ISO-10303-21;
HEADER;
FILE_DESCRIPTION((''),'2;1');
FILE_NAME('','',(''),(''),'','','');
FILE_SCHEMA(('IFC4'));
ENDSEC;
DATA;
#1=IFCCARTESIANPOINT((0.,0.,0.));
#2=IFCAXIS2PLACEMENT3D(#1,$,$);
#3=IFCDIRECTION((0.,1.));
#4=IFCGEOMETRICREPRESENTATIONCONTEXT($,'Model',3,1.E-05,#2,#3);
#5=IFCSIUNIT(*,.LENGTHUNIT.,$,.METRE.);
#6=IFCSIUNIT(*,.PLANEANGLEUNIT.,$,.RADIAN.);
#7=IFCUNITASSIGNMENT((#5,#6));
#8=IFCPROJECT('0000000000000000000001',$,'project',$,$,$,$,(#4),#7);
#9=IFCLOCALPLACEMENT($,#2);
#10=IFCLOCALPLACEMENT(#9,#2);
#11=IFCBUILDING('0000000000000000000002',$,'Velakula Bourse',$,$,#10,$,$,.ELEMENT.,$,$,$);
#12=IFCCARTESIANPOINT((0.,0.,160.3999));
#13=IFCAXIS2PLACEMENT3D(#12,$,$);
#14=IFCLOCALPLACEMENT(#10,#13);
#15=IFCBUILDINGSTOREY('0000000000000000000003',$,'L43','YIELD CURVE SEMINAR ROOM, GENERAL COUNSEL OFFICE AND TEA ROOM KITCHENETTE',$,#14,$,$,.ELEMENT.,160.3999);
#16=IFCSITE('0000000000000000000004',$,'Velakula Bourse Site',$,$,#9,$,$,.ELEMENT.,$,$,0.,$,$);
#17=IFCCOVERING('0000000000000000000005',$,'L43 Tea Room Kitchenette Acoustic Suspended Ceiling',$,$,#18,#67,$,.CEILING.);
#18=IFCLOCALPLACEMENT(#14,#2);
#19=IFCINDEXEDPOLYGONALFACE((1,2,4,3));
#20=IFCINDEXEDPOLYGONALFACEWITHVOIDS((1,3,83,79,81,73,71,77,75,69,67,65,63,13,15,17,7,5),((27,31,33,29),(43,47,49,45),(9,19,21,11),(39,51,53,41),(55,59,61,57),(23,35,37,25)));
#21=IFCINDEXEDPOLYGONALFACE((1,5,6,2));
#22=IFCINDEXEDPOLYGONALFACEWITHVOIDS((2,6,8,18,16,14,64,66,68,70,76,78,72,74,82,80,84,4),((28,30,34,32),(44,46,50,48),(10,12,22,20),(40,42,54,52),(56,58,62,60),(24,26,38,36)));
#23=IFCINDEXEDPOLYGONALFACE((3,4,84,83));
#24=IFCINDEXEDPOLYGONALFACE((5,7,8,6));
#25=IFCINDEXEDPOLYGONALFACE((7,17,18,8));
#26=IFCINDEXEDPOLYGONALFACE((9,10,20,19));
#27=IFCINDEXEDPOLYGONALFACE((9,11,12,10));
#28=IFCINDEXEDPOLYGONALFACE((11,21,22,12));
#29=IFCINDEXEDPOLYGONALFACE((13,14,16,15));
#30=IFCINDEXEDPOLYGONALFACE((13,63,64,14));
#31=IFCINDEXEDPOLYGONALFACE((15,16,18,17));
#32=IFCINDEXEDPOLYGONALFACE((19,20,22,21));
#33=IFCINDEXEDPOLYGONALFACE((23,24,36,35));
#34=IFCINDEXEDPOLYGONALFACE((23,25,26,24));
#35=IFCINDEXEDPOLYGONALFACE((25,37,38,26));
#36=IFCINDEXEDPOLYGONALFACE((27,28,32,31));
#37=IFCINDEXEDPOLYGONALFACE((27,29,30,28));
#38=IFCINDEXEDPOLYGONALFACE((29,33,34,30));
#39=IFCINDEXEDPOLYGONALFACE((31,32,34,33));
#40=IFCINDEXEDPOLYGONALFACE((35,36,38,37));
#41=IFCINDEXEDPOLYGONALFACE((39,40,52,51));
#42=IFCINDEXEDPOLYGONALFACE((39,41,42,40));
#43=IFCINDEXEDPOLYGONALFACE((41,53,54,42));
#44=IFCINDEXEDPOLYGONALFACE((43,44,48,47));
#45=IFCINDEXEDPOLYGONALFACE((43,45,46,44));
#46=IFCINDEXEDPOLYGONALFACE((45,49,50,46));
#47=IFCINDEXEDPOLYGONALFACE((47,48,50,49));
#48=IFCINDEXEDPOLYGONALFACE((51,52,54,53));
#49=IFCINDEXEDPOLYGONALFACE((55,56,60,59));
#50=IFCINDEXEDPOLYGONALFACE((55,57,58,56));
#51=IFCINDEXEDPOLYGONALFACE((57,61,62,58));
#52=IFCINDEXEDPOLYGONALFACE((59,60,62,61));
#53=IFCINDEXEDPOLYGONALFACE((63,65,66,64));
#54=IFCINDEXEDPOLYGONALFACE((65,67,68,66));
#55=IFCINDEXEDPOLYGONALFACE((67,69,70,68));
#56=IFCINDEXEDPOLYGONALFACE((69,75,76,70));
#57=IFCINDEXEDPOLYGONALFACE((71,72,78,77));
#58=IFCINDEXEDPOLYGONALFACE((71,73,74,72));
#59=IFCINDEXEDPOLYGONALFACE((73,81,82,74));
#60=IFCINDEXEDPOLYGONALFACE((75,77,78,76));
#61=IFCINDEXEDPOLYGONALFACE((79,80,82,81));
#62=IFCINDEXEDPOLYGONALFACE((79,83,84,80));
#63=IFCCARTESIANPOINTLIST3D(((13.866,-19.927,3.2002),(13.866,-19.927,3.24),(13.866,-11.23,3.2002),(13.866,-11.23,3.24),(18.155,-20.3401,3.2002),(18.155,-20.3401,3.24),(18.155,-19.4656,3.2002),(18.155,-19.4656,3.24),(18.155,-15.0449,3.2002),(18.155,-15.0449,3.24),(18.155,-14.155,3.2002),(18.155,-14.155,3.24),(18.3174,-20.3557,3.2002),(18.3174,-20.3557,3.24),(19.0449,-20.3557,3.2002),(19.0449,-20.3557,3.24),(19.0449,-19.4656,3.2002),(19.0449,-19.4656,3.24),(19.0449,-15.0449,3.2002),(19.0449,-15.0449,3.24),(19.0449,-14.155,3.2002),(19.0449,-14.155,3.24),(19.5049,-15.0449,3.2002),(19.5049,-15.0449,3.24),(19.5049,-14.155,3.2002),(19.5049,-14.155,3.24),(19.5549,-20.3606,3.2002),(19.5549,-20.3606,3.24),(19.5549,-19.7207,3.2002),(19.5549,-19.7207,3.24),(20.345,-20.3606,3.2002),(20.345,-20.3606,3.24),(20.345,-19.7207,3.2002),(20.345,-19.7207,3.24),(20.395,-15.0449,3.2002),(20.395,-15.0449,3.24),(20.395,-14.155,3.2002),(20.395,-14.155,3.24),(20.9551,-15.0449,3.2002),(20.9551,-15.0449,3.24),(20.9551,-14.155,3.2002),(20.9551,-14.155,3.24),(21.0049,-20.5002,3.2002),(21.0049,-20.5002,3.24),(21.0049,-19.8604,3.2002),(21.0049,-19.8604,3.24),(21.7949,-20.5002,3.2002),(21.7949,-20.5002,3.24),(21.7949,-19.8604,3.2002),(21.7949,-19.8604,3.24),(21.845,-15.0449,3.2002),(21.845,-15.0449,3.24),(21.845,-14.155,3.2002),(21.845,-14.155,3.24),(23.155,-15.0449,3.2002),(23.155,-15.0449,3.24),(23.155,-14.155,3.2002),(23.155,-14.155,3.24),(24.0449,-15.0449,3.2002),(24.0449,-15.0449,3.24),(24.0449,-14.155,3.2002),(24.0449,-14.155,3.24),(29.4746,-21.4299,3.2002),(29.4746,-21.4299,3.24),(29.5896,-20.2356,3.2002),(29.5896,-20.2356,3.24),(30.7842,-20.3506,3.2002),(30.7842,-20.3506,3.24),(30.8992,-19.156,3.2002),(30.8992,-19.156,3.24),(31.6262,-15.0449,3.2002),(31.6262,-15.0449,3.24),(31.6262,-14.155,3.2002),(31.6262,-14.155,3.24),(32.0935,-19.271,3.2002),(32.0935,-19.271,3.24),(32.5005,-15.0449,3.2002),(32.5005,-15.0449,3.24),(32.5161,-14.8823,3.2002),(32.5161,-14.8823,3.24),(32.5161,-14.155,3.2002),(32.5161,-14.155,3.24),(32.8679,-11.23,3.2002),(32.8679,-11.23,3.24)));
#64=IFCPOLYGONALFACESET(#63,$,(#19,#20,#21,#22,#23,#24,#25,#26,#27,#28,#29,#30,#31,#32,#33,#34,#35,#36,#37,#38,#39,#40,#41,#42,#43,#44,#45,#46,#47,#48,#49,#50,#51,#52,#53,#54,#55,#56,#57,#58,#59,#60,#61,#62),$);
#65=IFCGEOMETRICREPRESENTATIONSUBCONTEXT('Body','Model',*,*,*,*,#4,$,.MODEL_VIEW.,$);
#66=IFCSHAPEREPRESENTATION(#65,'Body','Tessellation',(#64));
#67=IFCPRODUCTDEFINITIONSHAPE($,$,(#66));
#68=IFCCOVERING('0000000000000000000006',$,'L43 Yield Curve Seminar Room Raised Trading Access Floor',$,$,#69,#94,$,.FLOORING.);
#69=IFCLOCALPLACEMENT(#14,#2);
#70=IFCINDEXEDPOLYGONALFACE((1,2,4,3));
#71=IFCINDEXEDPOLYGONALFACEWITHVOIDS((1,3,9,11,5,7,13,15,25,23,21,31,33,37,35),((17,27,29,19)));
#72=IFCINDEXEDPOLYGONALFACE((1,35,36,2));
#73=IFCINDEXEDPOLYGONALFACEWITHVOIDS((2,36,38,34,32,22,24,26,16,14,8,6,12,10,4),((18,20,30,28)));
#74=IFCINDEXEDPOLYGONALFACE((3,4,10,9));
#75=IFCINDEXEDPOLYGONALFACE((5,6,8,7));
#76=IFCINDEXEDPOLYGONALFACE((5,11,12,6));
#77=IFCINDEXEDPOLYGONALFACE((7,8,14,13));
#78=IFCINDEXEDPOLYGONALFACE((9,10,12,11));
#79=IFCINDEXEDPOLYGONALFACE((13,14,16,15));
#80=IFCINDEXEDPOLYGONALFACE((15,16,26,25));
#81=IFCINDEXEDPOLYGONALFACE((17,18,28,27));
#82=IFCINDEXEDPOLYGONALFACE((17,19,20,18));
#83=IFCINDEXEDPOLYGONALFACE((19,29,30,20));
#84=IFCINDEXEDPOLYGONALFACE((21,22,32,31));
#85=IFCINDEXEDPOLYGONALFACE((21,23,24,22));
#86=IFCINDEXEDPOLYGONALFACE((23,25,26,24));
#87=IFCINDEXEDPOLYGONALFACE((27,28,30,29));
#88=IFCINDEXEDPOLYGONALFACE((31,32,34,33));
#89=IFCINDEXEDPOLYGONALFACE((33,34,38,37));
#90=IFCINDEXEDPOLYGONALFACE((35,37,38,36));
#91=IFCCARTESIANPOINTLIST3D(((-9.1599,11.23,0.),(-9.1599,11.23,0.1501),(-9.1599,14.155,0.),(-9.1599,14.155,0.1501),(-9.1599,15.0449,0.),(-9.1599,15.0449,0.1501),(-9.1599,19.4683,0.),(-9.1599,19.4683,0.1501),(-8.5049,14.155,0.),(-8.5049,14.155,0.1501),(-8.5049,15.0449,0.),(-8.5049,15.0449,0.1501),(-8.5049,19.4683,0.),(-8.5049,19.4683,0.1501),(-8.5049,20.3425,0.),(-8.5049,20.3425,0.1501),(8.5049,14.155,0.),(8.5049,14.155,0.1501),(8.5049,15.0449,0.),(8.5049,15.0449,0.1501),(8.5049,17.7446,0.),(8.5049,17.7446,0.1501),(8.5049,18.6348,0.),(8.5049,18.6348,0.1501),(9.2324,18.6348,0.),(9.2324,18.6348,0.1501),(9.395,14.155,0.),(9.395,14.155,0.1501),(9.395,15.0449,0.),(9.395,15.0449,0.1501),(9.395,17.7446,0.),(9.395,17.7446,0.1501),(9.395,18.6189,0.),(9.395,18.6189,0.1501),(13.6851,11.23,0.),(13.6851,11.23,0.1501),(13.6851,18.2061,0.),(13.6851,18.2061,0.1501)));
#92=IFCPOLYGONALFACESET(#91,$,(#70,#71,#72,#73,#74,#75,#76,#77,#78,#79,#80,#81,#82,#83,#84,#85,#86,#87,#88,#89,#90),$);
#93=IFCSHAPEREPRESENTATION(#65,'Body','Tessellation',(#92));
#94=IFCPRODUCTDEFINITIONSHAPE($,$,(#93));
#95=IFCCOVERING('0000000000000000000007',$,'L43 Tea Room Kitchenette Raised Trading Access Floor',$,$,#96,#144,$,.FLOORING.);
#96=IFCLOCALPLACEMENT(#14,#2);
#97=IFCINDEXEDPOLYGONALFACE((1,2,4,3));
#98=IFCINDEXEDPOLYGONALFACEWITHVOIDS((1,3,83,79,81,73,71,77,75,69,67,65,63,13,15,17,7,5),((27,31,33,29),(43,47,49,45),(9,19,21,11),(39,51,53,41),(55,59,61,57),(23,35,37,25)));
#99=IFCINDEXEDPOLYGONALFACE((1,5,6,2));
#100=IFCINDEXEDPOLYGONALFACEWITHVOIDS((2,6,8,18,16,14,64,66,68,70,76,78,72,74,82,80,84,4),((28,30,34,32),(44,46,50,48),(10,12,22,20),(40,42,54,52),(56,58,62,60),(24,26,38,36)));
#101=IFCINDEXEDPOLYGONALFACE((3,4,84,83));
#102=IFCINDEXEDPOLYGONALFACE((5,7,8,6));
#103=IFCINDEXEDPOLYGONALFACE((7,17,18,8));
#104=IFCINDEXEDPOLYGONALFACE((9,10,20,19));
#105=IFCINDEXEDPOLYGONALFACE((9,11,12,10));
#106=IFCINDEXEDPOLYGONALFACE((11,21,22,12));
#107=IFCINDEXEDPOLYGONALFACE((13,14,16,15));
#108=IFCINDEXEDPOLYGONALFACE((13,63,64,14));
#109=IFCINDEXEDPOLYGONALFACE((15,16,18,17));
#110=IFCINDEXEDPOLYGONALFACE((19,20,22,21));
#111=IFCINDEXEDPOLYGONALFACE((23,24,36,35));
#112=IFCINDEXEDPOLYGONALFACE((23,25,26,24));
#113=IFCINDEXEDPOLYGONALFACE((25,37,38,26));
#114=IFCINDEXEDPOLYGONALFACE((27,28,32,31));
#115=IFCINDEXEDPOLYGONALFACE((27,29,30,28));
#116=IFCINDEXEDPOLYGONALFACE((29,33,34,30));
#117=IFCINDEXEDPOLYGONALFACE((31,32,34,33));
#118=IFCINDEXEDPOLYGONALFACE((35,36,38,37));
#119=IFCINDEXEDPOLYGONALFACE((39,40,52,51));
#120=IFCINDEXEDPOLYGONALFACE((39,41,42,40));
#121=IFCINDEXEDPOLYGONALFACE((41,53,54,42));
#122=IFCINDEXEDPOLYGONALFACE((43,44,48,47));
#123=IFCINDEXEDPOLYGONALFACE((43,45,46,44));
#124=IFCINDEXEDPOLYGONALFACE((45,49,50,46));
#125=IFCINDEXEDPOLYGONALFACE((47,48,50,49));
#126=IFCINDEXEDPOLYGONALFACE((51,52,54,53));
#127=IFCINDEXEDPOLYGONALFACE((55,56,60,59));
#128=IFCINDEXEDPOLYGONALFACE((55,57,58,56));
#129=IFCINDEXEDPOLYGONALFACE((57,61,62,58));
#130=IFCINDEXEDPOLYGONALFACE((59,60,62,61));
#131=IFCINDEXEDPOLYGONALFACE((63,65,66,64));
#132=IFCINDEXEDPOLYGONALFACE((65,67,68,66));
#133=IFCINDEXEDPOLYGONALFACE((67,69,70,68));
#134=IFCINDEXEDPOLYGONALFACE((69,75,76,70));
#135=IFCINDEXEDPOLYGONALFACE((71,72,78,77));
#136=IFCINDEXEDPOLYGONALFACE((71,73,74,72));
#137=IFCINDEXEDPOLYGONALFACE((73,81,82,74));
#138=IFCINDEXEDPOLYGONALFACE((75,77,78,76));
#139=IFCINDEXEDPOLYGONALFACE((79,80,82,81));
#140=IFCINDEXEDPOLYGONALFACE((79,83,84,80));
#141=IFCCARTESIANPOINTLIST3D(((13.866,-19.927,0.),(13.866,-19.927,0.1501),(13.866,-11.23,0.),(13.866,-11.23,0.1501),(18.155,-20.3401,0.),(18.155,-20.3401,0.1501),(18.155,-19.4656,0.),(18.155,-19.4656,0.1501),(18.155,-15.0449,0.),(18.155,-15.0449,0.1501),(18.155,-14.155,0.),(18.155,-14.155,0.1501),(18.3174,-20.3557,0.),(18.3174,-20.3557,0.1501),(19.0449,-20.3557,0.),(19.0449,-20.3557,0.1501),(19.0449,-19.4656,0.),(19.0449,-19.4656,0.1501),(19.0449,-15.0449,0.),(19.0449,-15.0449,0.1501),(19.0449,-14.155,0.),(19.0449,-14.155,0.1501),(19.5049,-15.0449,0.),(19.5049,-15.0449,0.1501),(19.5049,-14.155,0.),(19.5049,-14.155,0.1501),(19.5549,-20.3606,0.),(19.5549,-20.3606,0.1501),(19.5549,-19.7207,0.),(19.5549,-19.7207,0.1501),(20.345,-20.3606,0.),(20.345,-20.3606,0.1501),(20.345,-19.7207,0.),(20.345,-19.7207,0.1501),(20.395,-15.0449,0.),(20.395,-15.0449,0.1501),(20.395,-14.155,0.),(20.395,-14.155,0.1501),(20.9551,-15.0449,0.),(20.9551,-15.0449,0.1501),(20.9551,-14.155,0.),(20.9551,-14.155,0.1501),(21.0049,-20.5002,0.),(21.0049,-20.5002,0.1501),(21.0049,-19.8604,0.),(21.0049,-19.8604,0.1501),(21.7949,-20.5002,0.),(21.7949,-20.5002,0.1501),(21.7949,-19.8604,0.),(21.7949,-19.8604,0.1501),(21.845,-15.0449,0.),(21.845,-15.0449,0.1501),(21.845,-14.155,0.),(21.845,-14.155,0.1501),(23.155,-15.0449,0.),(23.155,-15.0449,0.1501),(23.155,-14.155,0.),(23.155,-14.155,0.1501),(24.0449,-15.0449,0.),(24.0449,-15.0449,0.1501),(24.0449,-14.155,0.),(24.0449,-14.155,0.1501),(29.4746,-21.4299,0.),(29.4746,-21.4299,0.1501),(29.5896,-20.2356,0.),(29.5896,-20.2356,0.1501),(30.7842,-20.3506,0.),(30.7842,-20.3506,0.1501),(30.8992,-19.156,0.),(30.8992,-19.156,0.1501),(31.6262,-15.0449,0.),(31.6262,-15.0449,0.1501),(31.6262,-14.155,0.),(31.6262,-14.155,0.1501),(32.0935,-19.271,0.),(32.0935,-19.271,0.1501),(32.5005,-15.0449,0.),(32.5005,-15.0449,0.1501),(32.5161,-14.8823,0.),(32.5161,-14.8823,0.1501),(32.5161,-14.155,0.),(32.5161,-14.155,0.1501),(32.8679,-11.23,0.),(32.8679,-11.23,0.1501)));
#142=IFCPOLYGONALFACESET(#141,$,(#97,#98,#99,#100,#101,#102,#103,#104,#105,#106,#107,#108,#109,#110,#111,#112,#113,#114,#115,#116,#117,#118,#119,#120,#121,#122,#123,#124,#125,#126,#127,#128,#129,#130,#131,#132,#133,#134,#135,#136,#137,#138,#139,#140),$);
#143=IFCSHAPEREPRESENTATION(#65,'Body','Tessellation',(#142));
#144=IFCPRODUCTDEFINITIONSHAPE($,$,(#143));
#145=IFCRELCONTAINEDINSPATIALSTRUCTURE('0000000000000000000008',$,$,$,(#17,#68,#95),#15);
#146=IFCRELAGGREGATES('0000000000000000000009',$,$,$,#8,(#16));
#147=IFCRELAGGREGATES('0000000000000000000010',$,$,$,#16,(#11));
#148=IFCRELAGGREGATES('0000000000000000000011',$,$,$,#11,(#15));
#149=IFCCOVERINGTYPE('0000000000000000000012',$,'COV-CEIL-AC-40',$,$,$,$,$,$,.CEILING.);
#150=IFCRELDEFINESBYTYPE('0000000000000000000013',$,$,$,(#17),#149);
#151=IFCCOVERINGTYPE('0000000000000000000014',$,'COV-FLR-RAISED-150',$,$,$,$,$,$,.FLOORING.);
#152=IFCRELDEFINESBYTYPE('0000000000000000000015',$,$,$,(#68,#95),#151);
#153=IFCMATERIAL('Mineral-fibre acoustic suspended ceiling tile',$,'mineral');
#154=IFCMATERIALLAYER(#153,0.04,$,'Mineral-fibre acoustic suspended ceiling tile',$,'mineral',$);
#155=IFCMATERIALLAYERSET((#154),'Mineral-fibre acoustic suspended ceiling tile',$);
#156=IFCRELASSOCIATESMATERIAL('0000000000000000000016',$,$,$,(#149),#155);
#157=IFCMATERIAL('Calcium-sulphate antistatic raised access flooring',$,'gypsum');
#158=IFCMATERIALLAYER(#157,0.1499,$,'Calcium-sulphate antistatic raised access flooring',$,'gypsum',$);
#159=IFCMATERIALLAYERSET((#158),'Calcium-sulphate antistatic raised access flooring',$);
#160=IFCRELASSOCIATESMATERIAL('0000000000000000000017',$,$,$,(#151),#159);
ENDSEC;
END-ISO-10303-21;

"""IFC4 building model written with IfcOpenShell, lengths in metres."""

from ifc_helpers import new_model, si_unit, direction, frame, origin, place, context, subcontext, project, spatial, polyline, outline, extrude, material, layer, layer_set, type_object, element, save


model = new_model("IFC4")

# Units and contexts
model_context = context("Model", 3, precision=1e-05, world=origin(), true_north=direction((0.0, 1.0)))
body_context = subcontext(model_context, "Body", "Model", "MODEL_VIEW")
ifc_project = project(units=[si_unit("LENGTHUNIT", "METRE"), si_unit("PLANEANGLEUNIT", "RADIAN")], contexts=[model_context])

# Site, building, storey
site_placement = place(None, origin())
site = spatial("IfcSite", under=ifc_project, at=site_placement, Name="Velakula Bourse Site", CompositionType="ELEMENT", RefElevation=0.0)
building_placement = place(site_placement, origin())
building = spatial("IfcBuilding", under=site, at=building_placement, Name="Velakula Bourse", CompositionType="ELEMENT")
storey_placement = place(building_placement, frame((0.0, 0.0, 160.3999)))
storey = spatial("IfcBuildingStorey", under=building, at=storey_placement, Name="L43", Description="YIELD CURVE SEMINAR ROOM, GENERAL COUNSEL OFFICE AND TEA ROOM KITCHENETTE", CompositionType="ELEMENT", Elevation=160.3999)

# Coverings
ifc_material_1 = material(Name="Mineral-fibre acoustic suspended ceiling tile", Category="mineral")
ifc_layer_1 = layer(ifc_material_1, 0.04, Name="Mineral-fibre acoustic suspended ceiling tile", Category="mineral")
ifc_layer_set_1 = layer_set([ifc_layer_1], Name="Mineral-fibre acoustic suspended ceiling tile")
covering_type_1 = type_object("IfcCoveringType", Name="COV-CEIL-AC-40", PredefinedType="CEILING", material=ifc_layer_set_1)
covering_1_placement = place(storey_placement, frame((0.0, 0.0, 3.2002)))
element("IfcCovering", 1, at=covering_1_placement, inside=storey, type_object=covering_type_1, Name="L43 Tea Room Kitchenette Acoustic Suspended Ceiling", PredefinedType="CEILING", context=body_context, shape_type="SweptSolid", body=[
    extrude(outline(polyline([(32.5161, -14.8823), (32.5161, -14.155), (31.6262, -14.155), (31.6262, -15.0449), (32.5005, -15.0449), (32.0935, -19.271), (30.8992, -19.156), (30.7842, -20.3506), (29.5896, -20.2356), (29.4746, -21.4299), (18.3174, -20.3557), (19.0449, -20.3557), (19.0449, -19.4656), (18.155, -19.4656), (18.155, -20.3401), (13.866, -19.927), (13.866, -11.23), (32.8679, -11.23), (32.5161, -14.8823)]), holes=[polyline([(18.155, -15.0449), (19.0449, -15.0449), (19.0449, -14.155), (18.155, -14.155), (18.155, -15.0449)]), polyline([(21.0049, -20.5002), (21.7949, -20.5002), (21.7949, -19.8604), (21.0049, -19.8604), (21.0049, -20.5002)]), polyline([(19.5549, -20.3606), (20.345, -20.3606), (20.345, -19.7207), (19.5549, -19.7207), (19.5549, -20.3606)]), polyline([(19.5049, -14.155), (19.5049, -15.0449), (20.395, -15.0449), (20.395, -14.155), (19.5049, -14.155)]), polyline([(23.155, -15.0449), (24.0449, -15.0449), (24.0449, -14.155), (23.155, -14.155), (23.155, -15.0449)]), polyline([(20.9551, -15.0449), (21.845, -15.0449), (21.845, -14.155), (20.9551, -14.155), (20.9551, -15.0449)])]), origin(), (0.0, 0.0, 1.0), 0.0398),
])
ifc_material_2 = material(Name="Calcium-sulphate antistatic raised access flooring", Category="gypsum")
ifc_layer_2 = layer(ifc_material_2, 0.1499, Name="Calcium-sulphate antistatic raised access flooring", Category="gypsum")
ifc_layer_set_2 = layer_set([ifc_layer_2], Name="Calcium-sulphate antistatic raised access flooring")
covering_type_2 = type_object("IfcCoveringType", Name="COV-FLR-RAISED-150", PredefinedType="FLOORING", material=ifc_layer_set_2)
covering_2_placement = place(storey_placement, origin())
element("IfcCovering", 2, at=covering_2_placement, inside=storey, type_object=covering_type_2, Name="L43 Yield Curve Seminar Room Raised Trading Access Floor", PredefinedType="FLOORING", context=body_context, shape_type="SweptSolid", body=[
    extrude(outline(polyline([(13.6851, 11.23), (-9.1599, 11.23), (-9.1599, 14.155), (-8.5049, 14.155), (-8.5049, 15.0449), (-9.1599, 15.0449), (-9.1599, 19.4683), (-8.5049, 19.4683), (-8.5049, 20.3425), (9.2324, 18.6348), (8.5049, 18.6348), (8.5049, 17.7446), (9.395, 17.7446), (9.395, 18.6189), (13.6851, 18.2061), (13.6851, 11.23)]), holes=[polyline([(8.5049, 15.0449), (8.5049, 14.155), (9.395, 14.155), (9.395, 15.0449), (8.5049, 15.0449)])]), origin(), (0.0, 0.0, 1.0), 0.1501),
])
covering_3_placement = place(storey_placement, origin())
element("IfcCovering", 3, at=covering_3_placement, inside=storey, type_object=covering_type_2, Name="L43 Tea Room Kitchenette Raised Trading Access Floor", PredefinedType="FLOORING", context=body_context, shape_type="SweptSolid", body=[
    extrude(outline(polyline([(32.5161, -14.8823), (32.5161, -14.155), (31.6262, -14.155), (31.6262, -15.0449), (32.5005, -15.0449), (32.0935, -19.271), (30.8992, -19.156), (30.7842, -20.3506), (29.5896, -20.2356), (29.4746, -21.4299), (18.3174, -20.3557), (19.0449, -20.3557), (19.0449, -19.4656), (18.155, -19.4656), (18.155, -20.3401), (13.866, -19.927), (13.866, -11.23), (32.8679, -11.23), (32.5161, -14.8823)]), holes=[polyline([(18.155, -15.0449), (19.0449, -15.0449), (19.0449, -14.155), (18.155, -14.155), (18.155, -15.0449)]), polyline([(21.0049, -20.5002), (21.7949, -20.5002), (21.7949, -19.8604), (21.0049, -19.8604), (21.0049, -20.5002)]), polyline([(19.5549, -20.3606), (20.345, -20.3606), (20.345, -19.7207), (19.5549, -19.7207), (19.5549, -20.3606)]), polyline([(19.5049, -14.155), (19.5049, -15.0449), (20.395, -15.0449), (20.395, -14.155), (19.5049, -14.155)]), polyline([(23.155, -15.0449), (24.0449, -15.0449), (24.0449, -14.155), (23.155, -14.155), (23.155, -15.0449)]), polyline([(20.9551, -15.0449), (21.845, -15.0449), (21.845, -14.155), (20.9551, -14.155), (20.9551, -15.0449)])]), origin(), (0.0, 0.0, 1.0), 0.1501),
])

save(model, "model.ifc")
